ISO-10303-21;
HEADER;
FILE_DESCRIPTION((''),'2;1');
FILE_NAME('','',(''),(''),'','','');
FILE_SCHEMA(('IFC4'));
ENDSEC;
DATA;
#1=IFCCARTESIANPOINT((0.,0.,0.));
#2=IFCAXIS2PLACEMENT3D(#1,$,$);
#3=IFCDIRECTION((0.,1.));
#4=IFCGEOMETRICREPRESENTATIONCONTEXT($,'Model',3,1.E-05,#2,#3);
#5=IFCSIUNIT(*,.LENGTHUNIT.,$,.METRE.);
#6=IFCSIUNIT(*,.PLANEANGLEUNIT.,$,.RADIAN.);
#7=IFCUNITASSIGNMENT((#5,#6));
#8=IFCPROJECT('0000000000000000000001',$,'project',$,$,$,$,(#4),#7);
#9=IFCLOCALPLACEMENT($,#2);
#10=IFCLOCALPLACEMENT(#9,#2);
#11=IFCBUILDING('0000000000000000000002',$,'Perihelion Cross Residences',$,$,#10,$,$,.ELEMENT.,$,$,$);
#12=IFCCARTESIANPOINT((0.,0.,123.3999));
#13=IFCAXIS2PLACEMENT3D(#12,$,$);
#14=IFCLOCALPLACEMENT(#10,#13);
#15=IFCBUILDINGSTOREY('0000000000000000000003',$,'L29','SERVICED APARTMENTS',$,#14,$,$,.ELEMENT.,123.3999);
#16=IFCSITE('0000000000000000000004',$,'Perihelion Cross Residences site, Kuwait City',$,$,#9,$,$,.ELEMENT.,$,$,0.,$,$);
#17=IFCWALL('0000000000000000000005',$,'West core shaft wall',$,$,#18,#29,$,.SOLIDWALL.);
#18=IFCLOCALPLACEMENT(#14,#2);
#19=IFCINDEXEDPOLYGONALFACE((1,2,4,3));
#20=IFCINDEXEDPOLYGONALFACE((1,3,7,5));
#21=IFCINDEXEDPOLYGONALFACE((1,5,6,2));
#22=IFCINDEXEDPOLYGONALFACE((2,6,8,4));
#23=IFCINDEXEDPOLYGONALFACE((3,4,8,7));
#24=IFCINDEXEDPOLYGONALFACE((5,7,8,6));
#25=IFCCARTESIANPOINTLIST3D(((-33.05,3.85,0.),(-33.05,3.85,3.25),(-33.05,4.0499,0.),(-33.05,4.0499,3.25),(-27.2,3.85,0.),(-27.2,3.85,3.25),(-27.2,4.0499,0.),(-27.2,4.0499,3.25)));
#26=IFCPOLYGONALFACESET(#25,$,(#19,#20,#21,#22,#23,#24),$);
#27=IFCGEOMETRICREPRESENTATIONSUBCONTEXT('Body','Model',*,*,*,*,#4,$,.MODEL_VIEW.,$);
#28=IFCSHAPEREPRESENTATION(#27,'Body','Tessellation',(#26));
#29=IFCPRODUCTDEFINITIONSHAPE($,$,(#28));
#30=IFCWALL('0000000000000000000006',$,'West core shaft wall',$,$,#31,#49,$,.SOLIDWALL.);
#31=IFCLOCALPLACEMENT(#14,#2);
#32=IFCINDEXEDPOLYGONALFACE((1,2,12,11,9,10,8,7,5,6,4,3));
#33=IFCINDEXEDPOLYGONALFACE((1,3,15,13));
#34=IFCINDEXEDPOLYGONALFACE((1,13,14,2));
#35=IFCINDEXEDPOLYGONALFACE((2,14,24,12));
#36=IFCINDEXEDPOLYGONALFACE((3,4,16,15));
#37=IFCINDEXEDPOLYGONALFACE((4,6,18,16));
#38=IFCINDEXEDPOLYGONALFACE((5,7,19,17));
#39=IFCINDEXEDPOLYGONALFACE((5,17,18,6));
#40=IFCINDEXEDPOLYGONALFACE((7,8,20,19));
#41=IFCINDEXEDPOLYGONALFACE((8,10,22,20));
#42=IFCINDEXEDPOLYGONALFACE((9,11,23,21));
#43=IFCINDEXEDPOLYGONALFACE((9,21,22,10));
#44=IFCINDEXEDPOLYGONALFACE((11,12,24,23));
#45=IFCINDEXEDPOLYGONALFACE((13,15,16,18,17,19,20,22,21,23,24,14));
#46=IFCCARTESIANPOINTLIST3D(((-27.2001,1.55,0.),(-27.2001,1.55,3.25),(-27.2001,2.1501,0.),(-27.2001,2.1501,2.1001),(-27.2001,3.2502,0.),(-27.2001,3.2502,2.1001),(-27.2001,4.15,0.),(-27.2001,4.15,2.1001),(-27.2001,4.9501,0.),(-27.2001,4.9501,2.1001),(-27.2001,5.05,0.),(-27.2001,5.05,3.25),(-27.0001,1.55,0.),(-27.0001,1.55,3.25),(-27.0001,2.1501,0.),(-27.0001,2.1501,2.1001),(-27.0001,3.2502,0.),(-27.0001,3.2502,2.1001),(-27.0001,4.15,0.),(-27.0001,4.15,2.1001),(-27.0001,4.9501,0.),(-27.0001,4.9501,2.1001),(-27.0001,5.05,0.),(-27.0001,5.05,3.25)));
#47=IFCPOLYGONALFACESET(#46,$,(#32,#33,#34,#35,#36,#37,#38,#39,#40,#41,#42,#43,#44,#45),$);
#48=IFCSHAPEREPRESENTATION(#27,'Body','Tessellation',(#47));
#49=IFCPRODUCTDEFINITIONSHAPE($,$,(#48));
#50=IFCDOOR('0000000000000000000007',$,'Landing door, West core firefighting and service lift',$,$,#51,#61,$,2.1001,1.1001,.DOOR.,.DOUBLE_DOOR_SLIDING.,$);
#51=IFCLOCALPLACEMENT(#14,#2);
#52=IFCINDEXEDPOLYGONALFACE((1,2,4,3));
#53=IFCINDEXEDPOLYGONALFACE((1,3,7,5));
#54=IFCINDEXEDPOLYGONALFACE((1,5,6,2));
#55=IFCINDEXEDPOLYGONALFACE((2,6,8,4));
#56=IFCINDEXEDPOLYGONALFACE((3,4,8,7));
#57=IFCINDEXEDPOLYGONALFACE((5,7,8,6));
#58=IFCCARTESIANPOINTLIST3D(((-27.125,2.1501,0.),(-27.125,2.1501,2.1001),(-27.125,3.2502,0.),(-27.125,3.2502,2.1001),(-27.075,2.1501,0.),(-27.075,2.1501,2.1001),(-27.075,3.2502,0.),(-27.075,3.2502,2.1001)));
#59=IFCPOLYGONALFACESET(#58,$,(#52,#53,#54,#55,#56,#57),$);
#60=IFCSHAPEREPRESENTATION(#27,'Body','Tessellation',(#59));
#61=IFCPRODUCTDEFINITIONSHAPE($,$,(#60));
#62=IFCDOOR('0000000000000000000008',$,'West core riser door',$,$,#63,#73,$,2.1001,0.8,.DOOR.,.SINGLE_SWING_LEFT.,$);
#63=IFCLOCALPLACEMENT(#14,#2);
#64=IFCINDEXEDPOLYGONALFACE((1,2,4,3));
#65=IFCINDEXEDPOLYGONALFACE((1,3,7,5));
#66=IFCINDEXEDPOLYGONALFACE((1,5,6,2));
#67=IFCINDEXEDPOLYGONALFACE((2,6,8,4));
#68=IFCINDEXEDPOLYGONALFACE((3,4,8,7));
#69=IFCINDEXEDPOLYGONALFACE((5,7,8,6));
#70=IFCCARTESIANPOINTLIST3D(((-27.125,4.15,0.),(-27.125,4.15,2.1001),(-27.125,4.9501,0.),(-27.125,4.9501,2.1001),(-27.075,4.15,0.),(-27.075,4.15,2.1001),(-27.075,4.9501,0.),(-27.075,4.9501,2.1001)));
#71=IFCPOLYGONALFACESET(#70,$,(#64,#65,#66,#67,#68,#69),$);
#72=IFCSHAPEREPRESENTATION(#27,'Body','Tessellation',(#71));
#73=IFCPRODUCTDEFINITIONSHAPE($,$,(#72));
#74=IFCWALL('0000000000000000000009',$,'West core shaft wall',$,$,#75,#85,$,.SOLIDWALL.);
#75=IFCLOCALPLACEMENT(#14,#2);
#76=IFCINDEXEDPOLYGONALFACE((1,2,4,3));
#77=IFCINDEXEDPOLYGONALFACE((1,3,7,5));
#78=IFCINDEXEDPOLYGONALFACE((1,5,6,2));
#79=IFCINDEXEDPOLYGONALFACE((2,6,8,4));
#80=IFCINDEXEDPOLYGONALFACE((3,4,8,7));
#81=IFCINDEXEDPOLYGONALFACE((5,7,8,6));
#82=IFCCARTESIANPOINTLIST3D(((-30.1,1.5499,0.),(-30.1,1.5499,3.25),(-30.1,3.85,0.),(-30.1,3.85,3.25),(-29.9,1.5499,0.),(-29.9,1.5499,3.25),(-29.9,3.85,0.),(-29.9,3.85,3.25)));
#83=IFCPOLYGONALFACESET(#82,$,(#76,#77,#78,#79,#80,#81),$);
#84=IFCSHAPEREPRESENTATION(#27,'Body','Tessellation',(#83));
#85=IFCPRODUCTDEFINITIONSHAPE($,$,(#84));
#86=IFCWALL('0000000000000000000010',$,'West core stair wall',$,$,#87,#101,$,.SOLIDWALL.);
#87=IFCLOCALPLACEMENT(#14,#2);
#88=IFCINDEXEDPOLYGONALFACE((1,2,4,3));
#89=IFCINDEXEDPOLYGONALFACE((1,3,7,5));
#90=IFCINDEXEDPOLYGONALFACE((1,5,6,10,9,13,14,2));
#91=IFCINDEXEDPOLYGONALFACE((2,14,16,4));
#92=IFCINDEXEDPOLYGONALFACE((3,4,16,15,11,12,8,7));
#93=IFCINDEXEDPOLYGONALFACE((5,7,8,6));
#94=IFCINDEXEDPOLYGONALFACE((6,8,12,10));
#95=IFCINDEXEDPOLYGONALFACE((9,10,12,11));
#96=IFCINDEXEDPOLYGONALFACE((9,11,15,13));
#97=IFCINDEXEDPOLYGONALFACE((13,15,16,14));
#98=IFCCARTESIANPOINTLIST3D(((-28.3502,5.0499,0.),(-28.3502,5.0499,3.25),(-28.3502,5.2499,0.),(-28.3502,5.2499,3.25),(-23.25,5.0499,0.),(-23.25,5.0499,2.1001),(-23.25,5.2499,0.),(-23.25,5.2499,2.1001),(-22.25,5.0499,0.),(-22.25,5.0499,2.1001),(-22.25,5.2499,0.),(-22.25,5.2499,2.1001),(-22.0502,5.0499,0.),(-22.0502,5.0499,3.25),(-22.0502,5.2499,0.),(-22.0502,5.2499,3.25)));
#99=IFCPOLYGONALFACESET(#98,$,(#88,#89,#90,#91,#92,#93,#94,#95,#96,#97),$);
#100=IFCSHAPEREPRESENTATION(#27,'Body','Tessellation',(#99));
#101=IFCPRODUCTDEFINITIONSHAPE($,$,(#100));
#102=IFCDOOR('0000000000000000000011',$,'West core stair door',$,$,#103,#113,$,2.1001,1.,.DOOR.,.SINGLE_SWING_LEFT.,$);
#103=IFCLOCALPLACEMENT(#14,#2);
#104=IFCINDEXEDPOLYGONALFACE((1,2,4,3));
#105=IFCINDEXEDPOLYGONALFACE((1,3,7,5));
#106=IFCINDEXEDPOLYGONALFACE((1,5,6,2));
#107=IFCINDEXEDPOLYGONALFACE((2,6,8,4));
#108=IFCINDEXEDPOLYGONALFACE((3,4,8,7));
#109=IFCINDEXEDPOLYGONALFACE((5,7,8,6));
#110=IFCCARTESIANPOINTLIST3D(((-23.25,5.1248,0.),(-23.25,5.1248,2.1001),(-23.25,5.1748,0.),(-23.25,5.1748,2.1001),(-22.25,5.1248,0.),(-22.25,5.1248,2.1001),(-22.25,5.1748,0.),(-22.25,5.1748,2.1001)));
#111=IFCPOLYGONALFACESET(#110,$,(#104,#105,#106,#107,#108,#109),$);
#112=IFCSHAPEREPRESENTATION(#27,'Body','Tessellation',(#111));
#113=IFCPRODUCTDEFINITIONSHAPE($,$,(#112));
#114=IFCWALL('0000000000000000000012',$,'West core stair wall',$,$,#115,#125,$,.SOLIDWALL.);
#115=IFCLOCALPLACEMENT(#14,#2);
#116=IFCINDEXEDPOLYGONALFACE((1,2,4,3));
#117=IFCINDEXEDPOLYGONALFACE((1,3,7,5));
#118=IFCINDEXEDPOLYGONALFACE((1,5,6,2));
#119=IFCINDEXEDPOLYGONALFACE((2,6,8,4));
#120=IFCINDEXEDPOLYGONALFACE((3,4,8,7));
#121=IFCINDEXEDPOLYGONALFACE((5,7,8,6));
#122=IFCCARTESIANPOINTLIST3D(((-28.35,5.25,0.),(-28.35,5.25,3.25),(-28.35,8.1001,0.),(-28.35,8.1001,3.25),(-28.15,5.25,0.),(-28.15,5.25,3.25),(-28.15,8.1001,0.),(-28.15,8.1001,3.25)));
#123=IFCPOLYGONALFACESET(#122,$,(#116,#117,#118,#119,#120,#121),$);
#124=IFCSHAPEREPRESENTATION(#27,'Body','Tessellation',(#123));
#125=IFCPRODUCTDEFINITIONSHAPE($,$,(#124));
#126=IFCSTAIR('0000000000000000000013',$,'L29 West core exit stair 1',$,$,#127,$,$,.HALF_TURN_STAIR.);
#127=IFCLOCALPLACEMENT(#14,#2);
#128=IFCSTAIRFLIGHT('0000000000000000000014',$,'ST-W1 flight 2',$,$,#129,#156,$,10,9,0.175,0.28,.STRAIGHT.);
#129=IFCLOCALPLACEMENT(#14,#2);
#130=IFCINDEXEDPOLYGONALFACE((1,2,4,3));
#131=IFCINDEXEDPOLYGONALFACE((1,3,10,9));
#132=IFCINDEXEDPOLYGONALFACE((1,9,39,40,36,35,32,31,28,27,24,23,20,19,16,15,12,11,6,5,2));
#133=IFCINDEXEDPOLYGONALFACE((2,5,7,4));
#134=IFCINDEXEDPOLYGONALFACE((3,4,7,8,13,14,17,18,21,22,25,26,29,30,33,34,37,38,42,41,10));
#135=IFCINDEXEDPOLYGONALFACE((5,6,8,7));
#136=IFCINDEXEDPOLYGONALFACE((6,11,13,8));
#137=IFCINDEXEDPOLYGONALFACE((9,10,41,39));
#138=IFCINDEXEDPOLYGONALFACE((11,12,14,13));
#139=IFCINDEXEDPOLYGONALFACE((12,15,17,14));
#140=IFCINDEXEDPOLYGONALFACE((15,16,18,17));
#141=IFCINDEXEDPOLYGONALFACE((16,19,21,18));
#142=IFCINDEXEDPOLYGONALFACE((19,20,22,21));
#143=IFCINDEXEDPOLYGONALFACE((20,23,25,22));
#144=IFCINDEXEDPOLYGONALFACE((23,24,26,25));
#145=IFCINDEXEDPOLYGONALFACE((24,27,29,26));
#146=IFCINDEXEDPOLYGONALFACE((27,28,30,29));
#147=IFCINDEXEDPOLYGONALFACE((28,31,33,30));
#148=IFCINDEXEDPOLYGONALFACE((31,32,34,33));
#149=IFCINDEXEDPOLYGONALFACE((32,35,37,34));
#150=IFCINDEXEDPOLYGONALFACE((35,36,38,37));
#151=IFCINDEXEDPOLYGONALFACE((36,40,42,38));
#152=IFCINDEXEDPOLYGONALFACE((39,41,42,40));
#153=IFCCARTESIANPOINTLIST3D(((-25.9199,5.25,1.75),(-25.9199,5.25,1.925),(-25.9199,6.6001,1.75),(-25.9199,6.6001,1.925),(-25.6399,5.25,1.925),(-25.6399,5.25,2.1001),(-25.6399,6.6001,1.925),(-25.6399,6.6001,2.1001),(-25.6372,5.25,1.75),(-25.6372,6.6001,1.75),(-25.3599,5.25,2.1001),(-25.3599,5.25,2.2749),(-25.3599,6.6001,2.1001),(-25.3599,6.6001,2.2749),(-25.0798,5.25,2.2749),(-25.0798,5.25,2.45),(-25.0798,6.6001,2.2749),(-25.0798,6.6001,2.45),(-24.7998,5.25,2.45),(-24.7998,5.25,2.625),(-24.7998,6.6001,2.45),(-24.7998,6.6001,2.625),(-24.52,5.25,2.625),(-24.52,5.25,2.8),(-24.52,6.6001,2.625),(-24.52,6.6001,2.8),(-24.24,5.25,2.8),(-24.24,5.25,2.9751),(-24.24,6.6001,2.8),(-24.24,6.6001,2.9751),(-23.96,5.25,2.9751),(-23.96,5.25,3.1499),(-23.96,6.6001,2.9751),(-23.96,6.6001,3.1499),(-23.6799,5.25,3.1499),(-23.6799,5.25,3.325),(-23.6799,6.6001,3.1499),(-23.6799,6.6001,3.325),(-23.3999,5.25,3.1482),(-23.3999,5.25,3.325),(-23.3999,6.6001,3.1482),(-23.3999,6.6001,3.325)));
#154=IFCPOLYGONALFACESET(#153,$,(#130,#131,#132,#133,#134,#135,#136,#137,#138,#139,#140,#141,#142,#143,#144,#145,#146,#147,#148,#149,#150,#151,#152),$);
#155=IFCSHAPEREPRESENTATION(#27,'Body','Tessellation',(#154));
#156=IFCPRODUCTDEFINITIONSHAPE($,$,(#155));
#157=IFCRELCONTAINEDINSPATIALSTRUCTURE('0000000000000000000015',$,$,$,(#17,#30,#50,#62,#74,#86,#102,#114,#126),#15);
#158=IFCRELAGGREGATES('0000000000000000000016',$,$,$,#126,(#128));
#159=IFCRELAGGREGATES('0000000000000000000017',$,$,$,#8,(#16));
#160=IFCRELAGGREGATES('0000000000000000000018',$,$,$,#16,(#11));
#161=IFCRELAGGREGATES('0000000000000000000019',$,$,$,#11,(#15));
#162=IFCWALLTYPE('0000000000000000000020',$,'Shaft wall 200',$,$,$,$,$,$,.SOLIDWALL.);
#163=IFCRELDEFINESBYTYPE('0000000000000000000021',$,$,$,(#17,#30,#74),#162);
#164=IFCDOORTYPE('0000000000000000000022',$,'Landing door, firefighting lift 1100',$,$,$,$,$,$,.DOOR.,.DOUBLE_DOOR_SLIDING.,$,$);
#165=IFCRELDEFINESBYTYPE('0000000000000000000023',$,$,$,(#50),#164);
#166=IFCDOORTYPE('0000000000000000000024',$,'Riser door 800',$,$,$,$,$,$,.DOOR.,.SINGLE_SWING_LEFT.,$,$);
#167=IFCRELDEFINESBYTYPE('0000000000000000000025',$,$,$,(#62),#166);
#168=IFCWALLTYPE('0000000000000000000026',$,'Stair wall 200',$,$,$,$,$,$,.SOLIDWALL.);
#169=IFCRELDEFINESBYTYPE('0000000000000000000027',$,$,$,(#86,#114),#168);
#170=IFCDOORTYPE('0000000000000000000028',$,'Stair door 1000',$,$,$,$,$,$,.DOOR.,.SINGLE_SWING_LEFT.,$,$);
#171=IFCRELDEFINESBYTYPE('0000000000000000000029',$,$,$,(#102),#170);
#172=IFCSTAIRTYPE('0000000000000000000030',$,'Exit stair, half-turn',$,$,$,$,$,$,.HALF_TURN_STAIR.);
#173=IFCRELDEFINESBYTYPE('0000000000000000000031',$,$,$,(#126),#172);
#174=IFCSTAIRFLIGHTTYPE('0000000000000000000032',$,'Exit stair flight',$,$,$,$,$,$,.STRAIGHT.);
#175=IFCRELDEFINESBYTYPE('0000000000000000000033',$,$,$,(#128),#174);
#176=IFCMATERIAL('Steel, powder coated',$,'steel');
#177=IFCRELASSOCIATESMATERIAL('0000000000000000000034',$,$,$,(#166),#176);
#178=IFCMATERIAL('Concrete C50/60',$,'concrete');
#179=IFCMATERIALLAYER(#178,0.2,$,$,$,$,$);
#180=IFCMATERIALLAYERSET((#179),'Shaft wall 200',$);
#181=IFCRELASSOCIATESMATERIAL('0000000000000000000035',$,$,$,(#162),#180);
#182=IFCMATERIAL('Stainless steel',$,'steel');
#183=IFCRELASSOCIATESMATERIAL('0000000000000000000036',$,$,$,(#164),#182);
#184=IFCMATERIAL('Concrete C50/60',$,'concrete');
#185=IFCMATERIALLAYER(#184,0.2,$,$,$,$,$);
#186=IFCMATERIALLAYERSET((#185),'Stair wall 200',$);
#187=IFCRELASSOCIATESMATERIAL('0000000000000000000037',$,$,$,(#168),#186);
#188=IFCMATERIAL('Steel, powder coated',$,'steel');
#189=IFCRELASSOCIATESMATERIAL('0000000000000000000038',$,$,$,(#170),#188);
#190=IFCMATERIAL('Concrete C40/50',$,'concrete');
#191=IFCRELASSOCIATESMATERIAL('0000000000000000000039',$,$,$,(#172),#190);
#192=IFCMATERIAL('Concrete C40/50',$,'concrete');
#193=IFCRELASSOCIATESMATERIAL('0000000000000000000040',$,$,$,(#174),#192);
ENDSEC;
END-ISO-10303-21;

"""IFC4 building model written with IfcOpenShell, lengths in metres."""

from ifc_helpers import new_model, si_unit, direction, frame, frame_2d, origin, place, context, subcontext, project, spatial, polyline, rectangle, outline, extrude, material, layer, layer_set, type_object, element, fill, aggregate, save


model = new_model("IFC4")

# Units and contexts
model_context = context("Model", 3, precision=1e-05, world=origin(), true_north=direction((0.0, 1.0)))
body_context = subcontext(model_context, "Body", "Model", "MODEL_VIEW")
ifc_project = project(units=[si_unit("LENGTHUNIT", "METRE"), si_unit("PLANEANGLEUNIT", "RADIAN")], contexts=[model_context])

# Site, building, storey
site_placement = place(None, origin())
site = spatial("IfcSite", under=ifc_project, at=site_placement, Name="Perihelion Cross Residences site, Kuwait City", CompositionType="ELEMENT", RefElevation=0.0)
building_placement = place(site_placement, origin())
building = spatial("IfcBuilding", under=site, at=building_placement, Name="Perihelion Cross Residences", CompositionType="ELEMENT")
storey_placement = place(building_placement, frame((0.0, 0.0, 123.3999)))
storey = spatial("IfcBuildingStorey", under=building, at=storey_placement, Name="L29", Description="SERVICED APARTMENTS", CompositionType="ELEMENT", Elevation=123.3999)

# Shared definitions
ifc_material_1 = material(Name="Steel, powder coated", Category="steel")
door_type_1 = type_object("IfcDoorType", Name="Riser door 800", OperationType="SINGLE_SWING_LEFT", PredefinedType="DOOR", material=ifc_material_1)

# Shared definitions
ifc_material_2 = material(Name="Concrete C50/60", Category="concrete")
ifc_layer_1 = layer(ifc_material_2, 0.2)
ifc_layer_set_1 = layer_set([ifc_layer_1], Name="Shaft wall 200")
wall_type_1 = type_object("IfcWallType", Name="Shaft wall 200", PredefinedType="SOLIDWALL", material=ifc_layer_set_1)

# Wall
wall_1_placement = place(storey_placement, frame((-33.05, 3.95, 0.0), z_axis=(0.0, 0.0, 1.0), x_axis=(1.0, 0.0, 0.0)))
element("IfcWall", 1, at=wall_1_placement, inside=storey, type_object=wall_type_1, Name="West core shaft wall", PredefinedType="SOLIDWALL", context=body_context, shape_type="SweptSolid", body=[
    extrude(rectangle(XDim=5.8501, YDim=0.2, at=frame_2d((2.925, 0.0))), origin(), (0.0, 0.0, 1.0), 3.25),
])

# Wall, openings, doors
wall_2_placement = place(storey_placement, frame((-27.1001, 1.55, 0.0), z_axis=(0.0, 0.0, 1.0), x_axis=(0.0, 1.0, 0.0)))
wall_2 = element("IfcWall", 2, at=wall_2_placement, inside=storey, type_object=wall_type_1, Name="West core shaft wall", PredefinedType="SOLIDWALL", context=body_context, shape_type="SweptSolid", body=[
    extrude(rectangle(XDim=3.5, YDim=0.2, at=frame_2d((1.75, 0.0))), origin(), (0.0, 0.0, 1.0), 3.25),
])
opening_1_placement = place(wall_2_placement, frame((0.6001, 0.0, 0.0)))
opening_1 = element("IfcOpeningElement", 3, at=opening_1_placement, cuts=wall_2, PredefinedType="OPENING", context=body_context, shape_type="SweptSolid", body=[
    extrude(rectangle(XDim=1.1001, YDim=2.1001, at=frame_2d((0.55, 1.05))), frame((0.0, 0.1099, 0.0), z_axis=(0.0, -1.0, 0.0), x_axis=(1.0, 0.0, 0.0)), (0.0, 0.0, 1.0), 0.22),
])
opening_2_placement = place(wall_2_placement, frame((2.6001, 0.0, 0.0)))
opening_2 = element("IfcOpeningElement", 4, at=opening_2_placement, cuts=wall_2, PredefinedType="OPENING", context=body_context, shape_type="SweptSolid", body=[
    extrude(rectangle(XDim=0.8, YDim=2.1001, at=frame_2d((0.3999, 1.05))), frame((0.0, 0.1099, 0.0), z_axis=(0.0, -1.0, 0.0), x_axis=(1.0, 0.0, 0.0)), (0.0, 0.0, 1.0), 0.22),
])
ifc_material_3 = material(Name="Stainless steel", Category="steel")
door_type_2 = type_object("IfcDoorType", Name="Landing door, firefighting lift 1100", OperationType="DOUBLE_DOOR_SLIDING", PredefinedType="DOOR", material=ifc_material_3)
door_1_placement = place(opening_1_placement, origin())
door_1 = element("IfcDoor", 5, at=door_1_placement, inside=storey, type_object=door_type_2, Name="Landing door, West core firefighting and service lift", OperationType="DOUBLE_DOOR_SLIDING", OverallHeight=2.1001, OverallWidth=1.1001, PredefinedType="DOOR", context=body_context, shape_type="SweptSolid", body=[
    extrude(rectangle(XDim=1.1001, YDim=2.1001, at=frame_2d((0.55, 1.05))), frame((0.0, 0.0249, 0.0), z_axis=(0.0, -1.0, 0.0), x_axis=(1.0, 0.0, 0.0)), (0.0, 0.0, 1.0), 0.05),
])
fill(opening_1, door_1)
door_2_placement = place(opening_2_placement, origin())
door_2 = element("IfcDoor", 6, at=door_2_placement, inside=storey, type_object=door_type_1, Name="West core riser door", OperationType="SINGLE_SWING_LEFT", OverallHeight=2.1001, OverallWidth=0.8, PredefinedType="DOOR", context=body_context, shape_type="SweptSolid", body=[
    extrude(rectangle(XDim=0.8, YDim=2.1001, at=frame_2d((0.3999, 1.05))), frame((0.0, 0.0249, 0.0), z_axis=(0.0, -1.0, 0.0), x_axis=(1.0, 0.0, 0.0)), (0.0, 0.0, 1.0), 0.05),
])
fill(opening_2, door_2)

# Wall
wall_3_placement = place(storey_placement, frame((-30.0, 1.55, 0.0), z_axis=(0.0, 0.0, 1.0), x_axis=(0.0, 1.0, 0.0)))
element("IfcWall", 7, at=wall_3_placement, inside=storey, type_object=wall_type_1, Name="West core shaft wall", PredefinedType="SOLIDWALL", context=body_context, shape_type="SweptSolid", body=[
    extrude(rectangle(XDim=2.3, YDim=0.2, at=frame_2d((1.1499, 0.0))), origin(), (0.0, 0.0, 1.0), 3.25),
])

# Wall, opening, door
ifc_material_4 = material(Name="Concrete C50/60", Category="concrete")
ifc_layer_2 = layer(ifc_material_4, 0.2)
ifc_layer_set_2 = layer_set([ifc_layer_2], Name="Stair wall 200")
wall_type_2 = type_object("IfcWallType", Name="Stair wall 200", PredefinedType="SOLIDWALL", material=ifc_layer_set_2)
wall_4_placement = place(storey_placement, frame((-28.3501, 5.1499, 0.0), z_axis=(0.0, 0.0, 1.0), x_axis=(1.0, 0.0, 0.0)))
wall_4 = element("IfcWall", 8, at=wall_4_placement, inside=storey, type_object=wall_type_2, Name="West core stair wall", PredefinedType="SOLIDWALL", context=body_context, shape_type="SweptSolid", body=[
    extrude(rectangle(XDim=6.3, YDim=0.2, at=frame_2d((3.1499, 0.0))), origin(), (0.0, 0.0, 1.0), 3.25),
])
opening_3_placement = place(wall_4_placement, frame((5.1001, 0.0, 0.0)))
opening_3 = element("IfcOpeningElement", 9, at=opening_3_placement, cuts=wall_4, PredefinedType="OPENING", context=body_context, shape_type="SweptSolid", body=[
    extrude(rectangle(XDim=1.0, YDim=2.1001, at=frame_2d((0.5, 1.05))), frame((0.0, 0.1099, 0.0), z_axis=(0.0, -1.0, 0.0), x_axis=(1.0, 0.0, 0.0)), (0.0, 0.0, 1.0), 0.22),
])
ifc_material_5 = material(Name="Steel, powder coated", Category="steel")
door_type_3 = type_object("IfcDoorType", Name="Stair door 1000", OperationType="SINGLE_SWING_LEFT", PredefinedType="DOOR", material=ifc_material_5)
door_3_placement = place(opening_3_placement, origin())
door_3 = element("IfcDoor", 10, at=door_3_placement, inside=storey, type_object=door_type_3, Name="West core stair door", OperationType="SINGLE_SWING_LEFT", OverallHeight=2.1001, OverallWidth=1.0, PredefinedType="DOOR", context=body_context, shape_type="SweptSolid", body=[
    extrude(rectangle(XDim=1.0, YDim=2.1001, at=frame_2d((0.5, 1.05))), frame((0.0, 0.0249, 0.0), z_axis=(0.0, -1.0, 0.0), x_axis=(1.0, 0.0, 0.0)), (0.0, 0.0, 1.0), 0.05),
])
fill(opening_3, door_3)

# Wall
wall_5_placement = place(storey_placement, frame((-28.25, 5.25, 0.0), z_axis=(0.0, 0.0, 1.0), x_axis=(0.0, 1.0, 0.0)))
element("IfcWall", 11, at=wall_5_placement, inside=storey, type_object=wall_type_2, Name="West core stair wall", PredefinedType="SOLIDWALL", context=body_context, shape_type="SweptSolid", body=[
    extrude(rectangle(XDim=2.8501, YDim=0.2, at=frame_2d((1.425, 0.0))), origin(), (0.0, 0.0, 1.0), 3.25),
])

# Stair, stair flight
ifc_material_6 = material(Name="Concrete C40/50", Category="concrete")
stair_type = type_object("IfcStairType", Name="Exit stair, half-turn", PredefinedType="HALF_TURN_STAIR", material=ifc_material_6)
stair_placement = place(storey_placement, origin())
stair = element("IfcStair", 12, at=stair_placement, inside=storey, type_object=stair_type, Name="L29 West core exit stair 1", PredefinedType="HALF_TURN_STAIR")
ifc_material_7 = material(Name="Concrete C40/50", Category="concrete")
stair_flight_type = type_object("IfcStairFlightType", Name="Exit stair flight", PredefinedType="STRAIGHT", material=ifc_material_7)
stair_flight_placement = place(storey_placement, frame((-25.9199, 5.925, 1.75), z_axis=(0.0, 0.0, 1.0), x_axis=(1.0, 0.0, 0.0)))
stair_flight = element("IfcStairFlight", 13, at=stair_flight_placement, type_object=stair_flight_type, Name="ST-W1 flight 2", NumberOfRisers=10, NumberOfTreads=9, PredefinedType="STRAIGHT", RiserHeight=0.175, TreadLength=0.28, context=body_context, shape_type="SweptSolid", body=[
    extrude(outline(polyline([(0.0, 0.0), (0.0, 0.175), (0.28, 0.175), (0.28, 0.3501), (0.5601, 0.3501), (0.5601, 0.5249), (0.8401, 0.5249), (0.8401, 0.7), (1.1201, 0.7), (1.1201, 0.875), (1.3999, 0.875), (1.3999, 1.05), (1.6799, 1.05), (1.6799, 1.2251), (1.96, 1.2251), (1.96, 1.3999), (2.24, 1.3999), (2.24, 1.575), (2.52, 1.575), (2.52, 1.75), (2.52, 1.3982), (0.2827, 0.0), (0.0, 0.0)])), frame((0.0, 0.675, 0.0), z_axis=(0.0, -1.0, 0.0), x_axis=(1.0, 0.0, 0.0)), (0.0, 0.0, 1.0), 1.3501),
])
aggregate(stair, [stair_flight])

save(model, "model.ifc")
